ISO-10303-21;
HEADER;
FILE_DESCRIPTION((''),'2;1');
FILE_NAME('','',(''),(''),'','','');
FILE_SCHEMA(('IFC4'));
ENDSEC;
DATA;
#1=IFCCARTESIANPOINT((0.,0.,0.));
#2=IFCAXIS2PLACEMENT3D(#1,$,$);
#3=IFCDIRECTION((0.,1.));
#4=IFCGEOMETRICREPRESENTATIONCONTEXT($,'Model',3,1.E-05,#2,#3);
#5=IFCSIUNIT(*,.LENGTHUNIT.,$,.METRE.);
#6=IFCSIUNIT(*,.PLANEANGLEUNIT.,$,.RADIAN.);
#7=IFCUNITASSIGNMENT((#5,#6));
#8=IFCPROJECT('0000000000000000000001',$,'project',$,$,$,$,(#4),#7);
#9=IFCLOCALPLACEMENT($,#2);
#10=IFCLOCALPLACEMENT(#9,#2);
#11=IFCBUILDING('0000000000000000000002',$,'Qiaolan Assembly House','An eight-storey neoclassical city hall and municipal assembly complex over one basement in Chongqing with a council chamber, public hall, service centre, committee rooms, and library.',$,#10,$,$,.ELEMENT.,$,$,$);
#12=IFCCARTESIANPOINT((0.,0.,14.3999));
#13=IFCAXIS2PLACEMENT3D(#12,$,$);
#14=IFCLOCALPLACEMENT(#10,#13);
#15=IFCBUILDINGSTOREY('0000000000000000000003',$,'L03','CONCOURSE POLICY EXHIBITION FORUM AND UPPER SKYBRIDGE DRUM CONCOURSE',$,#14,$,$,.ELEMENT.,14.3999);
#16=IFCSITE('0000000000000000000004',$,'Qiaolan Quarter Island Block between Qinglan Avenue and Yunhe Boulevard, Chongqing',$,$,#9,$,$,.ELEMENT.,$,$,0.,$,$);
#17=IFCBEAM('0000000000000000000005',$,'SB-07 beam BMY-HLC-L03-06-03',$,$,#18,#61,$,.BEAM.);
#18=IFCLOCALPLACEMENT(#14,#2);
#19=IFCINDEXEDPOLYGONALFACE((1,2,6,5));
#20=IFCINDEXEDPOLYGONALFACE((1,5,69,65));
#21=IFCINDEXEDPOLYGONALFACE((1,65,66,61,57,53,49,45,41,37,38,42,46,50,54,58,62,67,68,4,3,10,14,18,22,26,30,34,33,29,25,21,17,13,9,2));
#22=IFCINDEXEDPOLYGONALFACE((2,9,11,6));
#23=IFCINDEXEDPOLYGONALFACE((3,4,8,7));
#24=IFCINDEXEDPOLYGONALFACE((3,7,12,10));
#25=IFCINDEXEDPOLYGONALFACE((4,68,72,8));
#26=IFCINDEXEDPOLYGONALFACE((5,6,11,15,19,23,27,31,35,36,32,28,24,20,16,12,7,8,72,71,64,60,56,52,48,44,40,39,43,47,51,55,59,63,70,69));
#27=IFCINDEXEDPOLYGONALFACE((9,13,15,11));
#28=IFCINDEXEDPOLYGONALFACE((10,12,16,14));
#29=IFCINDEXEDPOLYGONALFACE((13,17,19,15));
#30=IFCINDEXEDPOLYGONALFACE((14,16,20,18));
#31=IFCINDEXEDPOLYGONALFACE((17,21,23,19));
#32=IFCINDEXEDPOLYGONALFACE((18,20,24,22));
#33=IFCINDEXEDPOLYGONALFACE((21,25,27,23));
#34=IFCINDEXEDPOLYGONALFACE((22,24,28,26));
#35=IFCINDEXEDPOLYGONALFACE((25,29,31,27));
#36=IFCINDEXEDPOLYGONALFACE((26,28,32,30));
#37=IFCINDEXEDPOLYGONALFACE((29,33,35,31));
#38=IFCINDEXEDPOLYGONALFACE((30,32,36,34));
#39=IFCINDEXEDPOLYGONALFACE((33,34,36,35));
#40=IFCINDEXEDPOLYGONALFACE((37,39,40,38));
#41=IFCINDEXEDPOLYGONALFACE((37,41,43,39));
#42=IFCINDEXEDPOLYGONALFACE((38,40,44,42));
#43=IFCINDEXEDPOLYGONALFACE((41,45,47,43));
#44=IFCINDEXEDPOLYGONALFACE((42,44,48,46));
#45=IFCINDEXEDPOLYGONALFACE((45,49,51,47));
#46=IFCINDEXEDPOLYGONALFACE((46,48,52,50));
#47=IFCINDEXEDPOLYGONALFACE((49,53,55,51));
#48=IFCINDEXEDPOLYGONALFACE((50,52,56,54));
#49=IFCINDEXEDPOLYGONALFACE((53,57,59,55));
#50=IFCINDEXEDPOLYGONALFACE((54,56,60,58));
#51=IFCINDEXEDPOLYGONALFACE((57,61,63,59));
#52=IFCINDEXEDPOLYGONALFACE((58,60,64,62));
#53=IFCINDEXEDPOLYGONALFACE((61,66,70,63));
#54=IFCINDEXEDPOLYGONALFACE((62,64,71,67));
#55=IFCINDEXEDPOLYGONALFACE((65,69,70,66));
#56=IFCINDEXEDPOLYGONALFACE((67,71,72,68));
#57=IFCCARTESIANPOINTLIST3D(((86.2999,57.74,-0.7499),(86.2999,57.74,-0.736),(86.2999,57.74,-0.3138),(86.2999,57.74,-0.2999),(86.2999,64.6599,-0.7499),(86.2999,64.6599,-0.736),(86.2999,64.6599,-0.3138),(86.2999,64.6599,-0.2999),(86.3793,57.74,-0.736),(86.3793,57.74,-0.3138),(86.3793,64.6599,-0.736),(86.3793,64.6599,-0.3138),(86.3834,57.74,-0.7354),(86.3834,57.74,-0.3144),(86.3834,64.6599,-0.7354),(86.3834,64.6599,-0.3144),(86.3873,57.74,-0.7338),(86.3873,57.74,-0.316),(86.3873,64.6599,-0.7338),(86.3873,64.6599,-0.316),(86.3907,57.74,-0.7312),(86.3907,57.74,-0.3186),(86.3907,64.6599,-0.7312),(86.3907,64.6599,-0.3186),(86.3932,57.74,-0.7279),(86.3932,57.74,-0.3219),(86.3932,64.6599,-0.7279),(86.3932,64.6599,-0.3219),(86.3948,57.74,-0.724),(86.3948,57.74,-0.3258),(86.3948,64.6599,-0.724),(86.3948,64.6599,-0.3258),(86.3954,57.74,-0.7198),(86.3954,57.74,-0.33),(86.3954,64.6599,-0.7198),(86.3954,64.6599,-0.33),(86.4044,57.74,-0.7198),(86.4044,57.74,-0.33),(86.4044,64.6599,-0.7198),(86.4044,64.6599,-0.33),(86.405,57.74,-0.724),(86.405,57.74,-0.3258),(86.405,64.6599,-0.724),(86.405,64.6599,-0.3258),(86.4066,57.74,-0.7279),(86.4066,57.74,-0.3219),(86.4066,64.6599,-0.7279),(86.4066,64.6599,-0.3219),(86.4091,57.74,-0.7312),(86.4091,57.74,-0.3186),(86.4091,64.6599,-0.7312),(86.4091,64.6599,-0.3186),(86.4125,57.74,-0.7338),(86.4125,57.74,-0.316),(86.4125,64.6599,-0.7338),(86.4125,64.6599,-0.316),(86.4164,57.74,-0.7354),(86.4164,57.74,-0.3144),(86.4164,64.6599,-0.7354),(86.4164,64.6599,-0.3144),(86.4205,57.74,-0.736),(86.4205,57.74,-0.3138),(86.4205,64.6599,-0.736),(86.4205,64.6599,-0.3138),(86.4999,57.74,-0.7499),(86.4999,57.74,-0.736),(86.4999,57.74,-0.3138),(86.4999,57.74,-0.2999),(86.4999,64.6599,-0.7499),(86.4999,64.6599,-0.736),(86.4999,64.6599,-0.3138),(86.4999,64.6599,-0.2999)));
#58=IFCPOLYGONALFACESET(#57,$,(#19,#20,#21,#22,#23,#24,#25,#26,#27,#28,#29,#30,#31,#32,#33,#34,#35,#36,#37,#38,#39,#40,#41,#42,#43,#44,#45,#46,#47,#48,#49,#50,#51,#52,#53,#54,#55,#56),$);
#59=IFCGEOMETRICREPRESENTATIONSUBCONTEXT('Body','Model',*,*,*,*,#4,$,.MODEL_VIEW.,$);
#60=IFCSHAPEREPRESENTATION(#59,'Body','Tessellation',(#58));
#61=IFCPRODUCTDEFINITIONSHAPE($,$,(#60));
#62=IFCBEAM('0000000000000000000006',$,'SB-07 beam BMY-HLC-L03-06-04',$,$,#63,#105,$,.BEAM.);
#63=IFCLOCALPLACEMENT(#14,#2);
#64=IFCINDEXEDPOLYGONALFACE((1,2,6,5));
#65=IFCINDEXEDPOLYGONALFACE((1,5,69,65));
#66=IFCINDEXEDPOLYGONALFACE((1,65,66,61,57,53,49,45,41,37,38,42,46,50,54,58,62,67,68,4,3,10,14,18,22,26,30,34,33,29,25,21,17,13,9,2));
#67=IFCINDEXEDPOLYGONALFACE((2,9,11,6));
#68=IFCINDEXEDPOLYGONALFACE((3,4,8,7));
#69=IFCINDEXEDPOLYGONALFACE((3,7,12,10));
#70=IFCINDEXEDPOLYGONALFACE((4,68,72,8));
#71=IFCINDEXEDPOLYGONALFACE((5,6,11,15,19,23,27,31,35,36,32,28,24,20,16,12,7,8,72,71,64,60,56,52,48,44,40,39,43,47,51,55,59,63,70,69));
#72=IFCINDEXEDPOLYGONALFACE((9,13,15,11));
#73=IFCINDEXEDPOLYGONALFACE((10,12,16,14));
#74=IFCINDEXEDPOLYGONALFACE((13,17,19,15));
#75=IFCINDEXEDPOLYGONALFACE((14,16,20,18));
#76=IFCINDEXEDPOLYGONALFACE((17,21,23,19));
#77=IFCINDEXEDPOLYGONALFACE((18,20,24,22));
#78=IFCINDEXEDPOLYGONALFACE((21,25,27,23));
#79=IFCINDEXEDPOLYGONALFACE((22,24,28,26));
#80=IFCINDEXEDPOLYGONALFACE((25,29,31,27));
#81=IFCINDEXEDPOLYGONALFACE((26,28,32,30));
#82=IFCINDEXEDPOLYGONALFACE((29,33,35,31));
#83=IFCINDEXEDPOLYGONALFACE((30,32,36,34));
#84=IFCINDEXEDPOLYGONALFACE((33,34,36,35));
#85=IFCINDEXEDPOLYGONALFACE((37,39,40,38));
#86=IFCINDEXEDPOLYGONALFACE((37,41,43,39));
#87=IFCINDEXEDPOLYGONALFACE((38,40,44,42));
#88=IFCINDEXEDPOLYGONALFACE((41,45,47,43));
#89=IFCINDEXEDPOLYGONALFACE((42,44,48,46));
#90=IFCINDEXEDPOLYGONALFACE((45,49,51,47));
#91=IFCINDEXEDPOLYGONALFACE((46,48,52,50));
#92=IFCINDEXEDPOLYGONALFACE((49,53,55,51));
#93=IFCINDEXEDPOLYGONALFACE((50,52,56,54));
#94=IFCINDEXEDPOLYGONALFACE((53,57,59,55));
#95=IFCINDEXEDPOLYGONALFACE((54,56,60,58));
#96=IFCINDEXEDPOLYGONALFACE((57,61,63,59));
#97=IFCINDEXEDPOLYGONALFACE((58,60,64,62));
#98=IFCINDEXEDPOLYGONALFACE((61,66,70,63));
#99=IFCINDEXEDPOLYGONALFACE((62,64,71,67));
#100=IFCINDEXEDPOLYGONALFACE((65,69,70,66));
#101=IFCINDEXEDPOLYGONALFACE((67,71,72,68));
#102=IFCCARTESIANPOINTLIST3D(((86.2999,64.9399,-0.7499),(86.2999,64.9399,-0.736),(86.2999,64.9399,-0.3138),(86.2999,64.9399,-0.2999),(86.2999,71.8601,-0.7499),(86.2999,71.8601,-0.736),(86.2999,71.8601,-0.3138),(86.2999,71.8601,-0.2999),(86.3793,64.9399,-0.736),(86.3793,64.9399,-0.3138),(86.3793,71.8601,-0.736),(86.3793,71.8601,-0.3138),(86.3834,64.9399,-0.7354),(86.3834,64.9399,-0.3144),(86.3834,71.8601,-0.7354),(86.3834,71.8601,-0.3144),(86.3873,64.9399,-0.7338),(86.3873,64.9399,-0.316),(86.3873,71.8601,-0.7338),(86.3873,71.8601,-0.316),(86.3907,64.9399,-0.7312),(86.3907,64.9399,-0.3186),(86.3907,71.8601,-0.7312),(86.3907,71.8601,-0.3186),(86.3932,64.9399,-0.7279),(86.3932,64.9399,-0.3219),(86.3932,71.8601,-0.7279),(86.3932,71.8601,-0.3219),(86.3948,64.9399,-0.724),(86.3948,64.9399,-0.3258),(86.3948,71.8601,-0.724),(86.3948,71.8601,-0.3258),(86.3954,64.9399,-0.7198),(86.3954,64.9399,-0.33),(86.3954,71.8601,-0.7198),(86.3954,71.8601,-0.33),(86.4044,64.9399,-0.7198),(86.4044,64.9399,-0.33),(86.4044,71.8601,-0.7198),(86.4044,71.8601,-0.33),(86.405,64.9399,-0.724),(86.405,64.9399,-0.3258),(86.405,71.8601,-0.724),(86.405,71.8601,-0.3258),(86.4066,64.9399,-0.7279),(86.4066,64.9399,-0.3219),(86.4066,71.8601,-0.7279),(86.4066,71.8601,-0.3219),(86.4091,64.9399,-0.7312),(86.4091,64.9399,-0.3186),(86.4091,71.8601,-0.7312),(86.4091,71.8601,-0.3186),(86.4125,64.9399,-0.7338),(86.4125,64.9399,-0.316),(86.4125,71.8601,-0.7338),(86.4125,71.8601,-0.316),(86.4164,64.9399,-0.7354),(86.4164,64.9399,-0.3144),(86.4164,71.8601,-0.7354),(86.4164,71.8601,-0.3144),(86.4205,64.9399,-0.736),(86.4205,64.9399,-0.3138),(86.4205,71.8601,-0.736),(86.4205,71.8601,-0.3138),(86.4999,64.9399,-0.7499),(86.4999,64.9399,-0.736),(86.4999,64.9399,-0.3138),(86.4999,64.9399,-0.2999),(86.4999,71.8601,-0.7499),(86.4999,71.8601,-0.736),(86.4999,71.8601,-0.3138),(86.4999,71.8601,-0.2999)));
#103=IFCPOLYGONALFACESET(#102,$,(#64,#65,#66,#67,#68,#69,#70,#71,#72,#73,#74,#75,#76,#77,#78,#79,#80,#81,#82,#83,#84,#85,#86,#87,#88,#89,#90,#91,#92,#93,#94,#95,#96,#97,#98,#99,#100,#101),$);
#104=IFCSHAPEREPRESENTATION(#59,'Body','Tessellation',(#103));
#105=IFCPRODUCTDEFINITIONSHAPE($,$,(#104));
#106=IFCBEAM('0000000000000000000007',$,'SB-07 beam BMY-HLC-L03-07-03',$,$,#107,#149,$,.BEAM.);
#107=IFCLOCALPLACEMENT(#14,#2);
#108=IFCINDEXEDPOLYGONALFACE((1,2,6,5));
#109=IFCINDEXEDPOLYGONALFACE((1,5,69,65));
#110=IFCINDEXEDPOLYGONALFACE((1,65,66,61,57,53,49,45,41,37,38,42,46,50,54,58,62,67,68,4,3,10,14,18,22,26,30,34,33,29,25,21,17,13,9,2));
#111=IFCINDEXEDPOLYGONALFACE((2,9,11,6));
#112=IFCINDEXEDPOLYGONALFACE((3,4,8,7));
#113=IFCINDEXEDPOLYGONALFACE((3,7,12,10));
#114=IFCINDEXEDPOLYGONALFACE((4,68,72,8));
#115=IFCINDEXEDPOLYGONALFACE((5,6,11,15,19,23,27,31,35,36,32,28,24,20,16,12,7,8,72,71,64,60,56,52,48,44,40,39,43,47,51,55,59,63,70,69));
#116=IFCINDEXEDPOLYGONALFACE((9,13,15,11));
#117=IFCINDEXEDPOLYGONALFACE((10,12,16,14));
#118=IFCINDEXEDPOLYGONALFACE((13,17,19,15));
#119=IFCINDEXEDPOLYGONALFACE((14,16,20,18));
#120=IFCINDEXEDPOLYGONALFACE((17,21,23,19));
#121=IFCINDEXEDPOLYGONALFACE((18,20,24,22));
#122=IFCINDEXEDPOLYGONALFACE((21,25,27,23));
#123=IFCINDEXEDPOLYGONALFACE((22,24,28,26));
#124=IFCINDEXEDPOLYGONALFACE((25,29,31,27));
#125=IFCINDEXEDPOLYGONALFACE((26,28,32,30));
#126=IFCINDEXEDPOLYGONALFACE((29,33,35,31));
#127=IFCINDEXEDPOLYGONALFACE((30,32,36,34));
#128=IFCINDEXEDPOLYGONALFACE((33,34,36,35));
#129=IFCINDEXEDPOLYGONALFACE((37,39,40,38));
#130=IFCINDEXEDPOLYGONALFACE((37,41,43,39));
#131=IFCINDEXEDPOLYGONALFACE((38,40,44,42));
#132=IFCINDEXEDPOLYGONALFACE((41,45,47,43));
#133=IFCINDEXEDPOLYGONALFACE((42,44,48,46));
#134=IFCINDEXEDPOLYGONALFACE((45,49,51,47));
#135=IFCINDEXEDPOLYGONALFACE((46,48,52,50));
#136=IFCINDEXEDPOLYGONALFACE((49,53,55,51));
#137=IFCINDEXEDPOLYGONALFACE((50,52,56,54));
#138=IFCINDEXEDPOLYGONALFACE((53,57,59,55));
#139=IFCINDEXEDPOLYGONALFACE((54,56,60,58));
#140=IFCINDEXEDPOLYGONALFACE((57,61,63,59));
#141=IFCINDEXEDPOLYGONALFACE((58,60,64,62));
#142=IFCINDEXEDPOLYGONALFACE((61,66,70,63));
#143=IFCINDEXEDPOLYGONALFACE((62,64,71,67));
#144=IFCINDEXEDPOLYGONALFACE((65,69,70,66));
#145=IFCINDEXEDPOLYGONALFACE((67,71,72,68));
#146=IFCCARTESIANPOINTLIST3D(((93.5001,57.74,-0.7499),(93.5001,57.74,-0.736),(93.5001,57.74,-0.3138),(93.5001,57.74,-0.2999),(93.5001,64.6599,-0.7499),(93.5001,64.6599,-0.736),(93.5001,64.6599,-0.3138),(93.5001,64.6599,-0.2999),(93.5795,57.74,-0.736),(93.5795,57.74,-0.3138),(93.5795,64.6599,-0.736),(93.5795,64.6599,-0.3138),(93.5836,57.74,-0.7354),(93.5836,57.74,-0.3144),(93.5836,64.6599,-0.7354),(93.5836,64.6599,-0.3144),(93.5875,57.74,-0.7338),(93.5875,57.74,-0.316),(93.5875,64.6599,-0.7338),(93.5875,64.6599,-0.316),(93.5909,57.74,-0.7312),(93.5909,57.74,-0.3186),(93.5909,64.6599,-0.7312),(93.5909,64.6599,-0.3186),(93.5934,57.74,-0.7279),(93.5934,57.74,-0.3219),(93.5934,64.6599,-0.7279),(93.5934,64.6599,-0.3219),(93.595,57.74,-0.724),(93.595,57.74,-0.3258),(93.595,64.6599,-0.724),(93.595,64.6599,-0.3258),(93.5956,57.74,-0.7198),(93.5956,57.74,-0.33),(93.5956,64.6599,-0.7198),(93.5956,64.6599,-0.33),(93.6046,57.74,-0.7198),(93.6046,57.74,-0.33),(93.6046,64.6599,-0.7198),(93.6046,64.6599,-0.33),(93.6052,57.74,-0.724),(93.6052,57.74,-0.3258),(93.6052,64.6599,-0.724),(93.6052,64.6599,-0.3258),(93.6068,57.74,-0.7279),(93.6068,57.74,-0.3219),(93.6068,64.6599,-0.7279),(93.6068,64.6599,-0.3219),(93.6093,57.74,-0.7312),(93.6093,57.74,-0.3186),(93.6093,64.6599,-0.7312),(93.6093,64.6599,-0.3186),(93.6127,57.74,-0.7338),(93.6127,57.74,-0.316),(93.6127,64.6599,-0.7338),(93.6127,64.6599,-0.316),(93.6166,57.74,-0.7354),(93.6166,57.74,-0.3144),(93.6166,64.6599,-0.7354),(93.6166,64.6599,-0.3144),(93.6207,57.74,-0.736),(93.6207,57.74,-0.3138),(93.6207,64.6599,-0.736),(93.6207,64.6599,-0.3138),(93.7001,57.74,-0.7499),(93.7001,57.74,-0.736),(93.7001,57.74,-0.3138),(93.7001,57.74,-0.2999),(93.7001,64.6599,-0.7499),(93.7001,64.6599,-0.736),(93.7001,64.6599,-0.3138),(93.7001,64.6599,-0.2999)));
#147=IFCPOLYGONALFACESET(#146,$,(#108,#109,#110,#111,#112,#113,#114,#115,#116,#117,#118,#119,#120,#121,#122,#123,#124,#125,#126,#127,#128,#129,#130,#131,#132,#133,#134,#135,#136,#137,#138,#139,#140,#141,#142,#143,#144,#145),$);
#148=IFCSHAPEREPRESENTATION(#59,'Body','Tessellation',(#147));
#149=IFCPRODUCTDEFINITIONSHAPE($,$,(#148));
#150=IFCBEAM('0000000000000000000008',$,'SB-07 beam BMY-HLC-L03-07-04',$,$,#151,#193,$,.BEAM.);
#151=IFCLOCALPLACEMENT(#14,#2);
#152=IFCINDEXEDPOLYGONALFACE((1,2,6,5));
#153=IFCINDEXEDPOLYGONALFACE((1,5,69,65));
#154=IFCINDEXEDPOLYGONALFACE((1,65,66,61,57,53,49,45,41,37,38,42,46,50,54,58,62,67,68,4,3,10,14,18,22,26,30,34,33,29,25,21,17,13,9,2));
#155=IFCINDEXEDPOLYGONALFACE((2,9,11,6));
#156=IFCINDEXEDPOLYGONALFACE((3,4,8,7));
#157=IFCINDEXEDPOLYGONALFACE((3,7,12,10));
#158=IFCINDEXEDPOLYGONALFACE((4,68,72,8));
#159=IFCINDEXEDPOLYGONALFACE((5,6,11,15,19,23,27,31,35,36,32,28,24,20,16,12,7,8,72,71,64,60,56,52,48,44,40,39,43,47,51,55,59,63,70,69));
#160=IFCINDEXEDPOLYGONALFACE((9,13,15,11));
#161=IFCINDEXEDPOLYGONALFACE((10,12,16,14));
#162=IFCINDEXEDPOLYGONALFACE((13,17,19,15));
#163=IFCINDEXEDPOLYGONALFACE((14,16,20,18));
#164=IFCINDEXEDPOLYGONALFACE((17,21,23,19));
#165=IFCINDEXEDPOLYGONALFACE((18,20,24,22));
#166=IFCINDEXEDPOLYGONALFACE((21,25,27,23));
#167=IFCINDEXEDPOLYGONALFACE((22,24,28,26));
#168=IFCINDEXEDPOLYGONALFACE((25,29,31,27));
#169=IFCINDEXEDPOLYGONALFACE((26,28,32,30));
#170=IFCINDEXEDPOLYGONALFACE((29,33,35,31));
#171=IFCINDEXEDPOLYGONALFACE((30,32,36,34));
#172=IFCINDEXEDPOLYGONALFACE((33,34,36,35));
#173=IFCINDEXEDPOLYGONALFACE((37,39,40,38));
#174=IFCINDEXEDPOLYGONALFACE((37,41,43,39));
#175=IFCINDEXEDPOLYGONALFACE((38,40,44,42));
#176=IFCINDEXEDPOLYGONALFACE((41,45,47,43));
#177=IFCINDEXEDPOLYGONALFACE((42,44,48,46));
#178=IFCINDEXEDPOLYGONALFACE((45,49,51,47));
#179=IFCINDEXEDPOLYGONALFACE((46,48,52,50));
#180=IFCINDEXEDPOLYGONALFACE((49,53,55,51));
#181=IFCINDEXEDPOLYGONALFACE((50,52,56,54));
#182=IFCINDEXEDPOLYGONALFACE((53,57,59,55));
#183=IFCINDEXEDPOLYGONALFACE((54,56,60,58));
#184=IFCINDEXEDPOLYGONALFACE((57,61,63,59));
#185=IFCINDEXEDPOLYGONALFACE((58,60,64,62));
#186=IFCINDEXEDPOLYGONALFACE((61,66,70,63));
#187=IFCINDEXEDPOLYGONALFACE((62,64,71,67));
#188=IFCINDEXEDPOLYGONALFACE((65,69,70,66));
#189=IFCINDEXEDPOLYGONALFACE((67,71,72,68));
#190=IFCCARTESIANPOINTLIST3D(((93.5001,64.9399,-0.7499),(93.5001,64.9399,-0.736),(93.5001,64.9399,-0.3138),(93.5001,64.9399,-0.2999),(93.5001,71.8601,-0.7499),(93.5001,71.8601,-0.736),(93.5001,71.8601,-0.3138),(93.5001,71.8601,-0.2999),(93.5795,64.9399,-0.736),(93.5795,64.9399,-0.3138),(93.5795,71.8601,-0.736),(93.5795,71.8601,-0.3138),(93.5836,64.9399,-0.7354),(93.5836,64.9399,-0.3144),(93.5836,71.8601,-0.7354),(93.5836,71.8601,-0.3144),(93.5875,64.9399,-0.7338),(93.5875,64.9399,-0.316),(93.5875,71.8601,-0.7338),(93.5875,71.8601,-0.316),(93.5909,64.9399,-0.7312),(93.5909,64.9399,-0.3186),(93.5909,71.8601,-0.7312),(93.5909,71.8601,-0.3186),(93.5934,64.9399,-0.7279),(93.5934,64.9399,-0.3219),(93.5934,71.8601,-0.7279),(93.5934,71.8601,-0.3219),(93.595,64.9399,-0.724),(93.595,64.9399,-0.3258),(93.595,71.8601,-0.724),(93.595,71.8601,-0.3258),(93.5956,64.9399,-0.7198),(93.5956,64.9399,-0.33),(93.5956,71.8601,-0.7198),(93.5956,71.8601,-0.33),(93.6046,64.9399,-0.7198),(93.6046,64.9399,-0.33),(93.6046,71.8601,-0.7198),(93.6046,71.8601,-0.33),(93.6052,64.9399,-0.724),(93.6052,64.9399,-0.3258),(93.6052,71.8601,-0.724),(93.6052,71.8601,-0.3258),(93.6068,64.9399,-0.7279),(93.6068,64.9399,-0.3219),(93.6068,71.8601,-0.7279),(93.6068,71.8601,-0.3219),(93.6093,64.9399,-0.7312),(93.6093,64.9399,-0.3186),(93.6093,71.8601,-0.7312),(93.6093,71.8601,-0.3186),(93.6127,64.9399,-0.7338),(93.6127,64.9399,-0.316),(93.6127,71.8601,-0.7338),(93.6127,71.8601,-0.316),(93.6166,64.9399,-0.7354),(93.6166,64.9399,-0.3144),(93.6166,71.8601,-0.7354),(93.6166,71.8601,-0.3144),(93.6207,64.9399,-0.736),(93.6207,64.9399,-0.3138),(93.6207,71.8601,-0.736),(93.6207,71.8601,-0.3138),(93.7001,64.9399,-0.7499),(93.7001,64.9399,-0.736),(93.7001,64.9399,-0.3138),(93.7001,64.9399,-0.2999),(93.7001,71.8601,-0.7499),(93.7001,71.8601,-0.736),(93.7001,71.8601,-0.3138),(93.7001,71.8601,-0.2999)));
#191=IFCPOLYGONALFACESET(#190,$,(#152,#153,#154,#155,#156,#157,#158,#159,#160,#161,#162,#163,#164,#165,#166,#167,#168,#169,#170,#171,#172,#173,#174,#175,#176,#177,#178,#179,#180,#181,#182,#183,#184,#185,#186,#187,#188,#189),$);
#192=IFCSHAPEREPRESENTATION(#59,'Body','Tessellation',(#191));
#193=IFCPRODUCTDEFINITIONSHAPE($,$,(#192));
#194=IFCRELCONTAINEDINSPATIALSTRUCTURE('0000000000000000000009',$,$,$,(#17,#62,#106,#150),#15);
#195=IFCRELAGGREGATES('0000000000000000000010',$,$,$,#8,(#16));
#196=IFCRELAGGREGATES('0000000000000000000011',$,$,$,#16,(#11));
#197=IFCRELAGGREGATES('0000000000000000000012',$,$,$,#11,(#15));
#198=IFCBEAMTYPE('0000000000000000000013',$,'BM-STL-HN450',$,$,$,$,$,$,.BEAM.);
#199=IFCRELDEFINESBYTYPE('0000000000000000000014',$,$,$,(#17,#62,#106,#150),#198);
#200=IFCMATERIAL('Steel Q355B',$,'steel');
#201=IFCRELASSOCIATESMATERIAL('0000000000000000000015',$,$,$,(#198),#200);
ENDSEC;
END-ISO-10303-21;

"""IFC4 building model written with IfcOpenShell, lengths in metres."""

from ifc_helpers import new_model, si_unit, direction, frame, origin, origin_2d, place, context, subcontext, project, spatial, i_section, extrude, material, material_profile, profile_set, type_object, element, save


model = new_model("IFC4")

# Units and contexts
model_context = context("Model", 3, precision=1e-05, world=origin(), true_north=direction((0.0, 1.0)))
body_context = subcontext(model_context, "Body", "Model", "MODEL_VIEW")
ifc_project = project(units=[si_unit("LENGTHUNIT", "METRE"), si_unit("PLANEANGLEUNIT", "RADIAN")], contexts=[model_context])

# Site, building, storey
site_placement = place(None, origin())
site = spatial("IfcSite", under=ifc_project, at=site_placement, Name="Qiaolan Quarter Island Block between Qinglan Avenue and Yunhe Boulevard, Chongqing", CompositionType="ELEMENT", RefElevation=0.0)
building_placement = place(site_placement, origin())
building = spatial("IfcBuilding", under=site, at=building_placement, Name="Qiaolan Assembly House", Description="An eight-storey neoclassical city hall and municipal assembly complex over one basement in Chongqing with a council chamber, public hall, service centre, committee rooms, and library.", CompositionType="ELEMENT")
storey_placement = place(building_placement, frame((0.0, 0.0, 14.3999)))
storey = spatial("IfcBuildingStorey", under=building, at=storey_placement, Name="L03", Description="CONCOURSE POLICY EXHIBITION FORUM AND UPPER SKYBRIDGE DRUM CONCOURSE", CompositionType="ELEMENT", Elevation=14.3999)

# Shared definitions
ifc_material_1 = material(Name="Steel Q355B", Category="steel")

# Beams
ifc_material_profile_1 = material_profile(ifc_material_1, i_section(OverallWidth=0.2, OverallDepth=0.45, WebThickness=0.009, FlangeThickness=0.0139, FilletRadius=0.0161, at=origin_2d()), Name="HN 450x200x9x14")
ifc_profile_set_1 = profile_set([ifc_material_profile_1], Name="Steel Q355B")
beam_type_1 = type_object("IfcBeamType", Name="BM-STL-HN450", PredefinedType="BEAM", material=ifc_profile_set_1)
beam_1_placement = place(storey_placement, frame((86.3999, 57.74, -0.5249), z_axis=(0.0, 1.0, 0.0), x_axis=(-1.0, 0.0, 0.0)))
element("IfcBeam", 1, at=beam_1_placement, inside=storey, type_object=beam_type_1, Name="SB-07 beam BMY-HLC-L03-06-03", PredefinedType="BEAM", context=body_context, shape_type="SweptSolid", body=[
    extrude(i_section(OverallWidth=0.2, OverallDepth=0.45, WebThickness=0.009, FlangeThickness=0.0139, FilletRadius=0.0161, at=origin_2d()), origin(), (0.0, 0.0, 1.0), 6.9199),
])
beam_2_placement = place(storey_placement, frame((86.3999, 64.9399, -0.5249), z_axis=(0.0, 1.0, 0.0), x_axis=(-1.0, 0.0, 0.0)))
element("IfcBeam", 2, at=beam_2_placement, inside=storey, type_object=beam_type_1, Name="SB-07 beam BMY-HLC-L03-06-04", PredefinedType="BEAM", context=body_context, shape_type="SweptSolid", body=[
    extrude(i_section(OverallWidth=0.2, OverallDepth=0.45, WebThickness=0.009, FlangeThickness=0.0139, FilletRadius=0.0161, at=origin_2d()), origin(), (0.0, 0.0, 1.0), 6.9202),
])
beam_3_placement = place(storey_placement, frame((93.6001, 57.74, -0.5249), z_axis=(0.0, 1.0, 0.0), x_axis=(-1.0, 0.0, 0.0)))
element("IfcBeam", 3, at=beam_3_placement, inside=storey, type_object=beam_type_1, Name="SB-07 beam BMY-HLC-L03-07-03", PredefinedType="BEAM", context=body_context, shape_type="SweptSolid", body=[
    extrude(i_section(OverallWidth=0.2, OverallDepth=0.45, WebThickness=0.009, FlangeThickness=0.0139, FilletRadius=0.0161, at=origin_2d()), origin(), (0.0, 0.0, 1.0), 6.9199),
])
beam_4_placement = place(storey_placement, frame((93.6001, 64.9399, -0.5249), z_axis=(0.0, 1.0, 0.0), x_axis=(-1.0, 0.0, 0.0)))
element("IfcBeam", 4, at=beam_4_placement, inside=storey, type_object=beam_type_1, Name="SB-07 beam BMY-HLC-L03-07-04", PredefinedType="BEAM", context=body_context, shape_type="SweptSolid", body=[
    extrude(i_section(OverallWidth=0.2, OverallDepth=0.45, WebThickness=0.009, FlangeThickness=0.0139, FilletRadius=0.0161, at=origin_2d()), origin(), (0.0, 0.0, 1.0), 6.9202),
])

save(model, "model.ifc")
